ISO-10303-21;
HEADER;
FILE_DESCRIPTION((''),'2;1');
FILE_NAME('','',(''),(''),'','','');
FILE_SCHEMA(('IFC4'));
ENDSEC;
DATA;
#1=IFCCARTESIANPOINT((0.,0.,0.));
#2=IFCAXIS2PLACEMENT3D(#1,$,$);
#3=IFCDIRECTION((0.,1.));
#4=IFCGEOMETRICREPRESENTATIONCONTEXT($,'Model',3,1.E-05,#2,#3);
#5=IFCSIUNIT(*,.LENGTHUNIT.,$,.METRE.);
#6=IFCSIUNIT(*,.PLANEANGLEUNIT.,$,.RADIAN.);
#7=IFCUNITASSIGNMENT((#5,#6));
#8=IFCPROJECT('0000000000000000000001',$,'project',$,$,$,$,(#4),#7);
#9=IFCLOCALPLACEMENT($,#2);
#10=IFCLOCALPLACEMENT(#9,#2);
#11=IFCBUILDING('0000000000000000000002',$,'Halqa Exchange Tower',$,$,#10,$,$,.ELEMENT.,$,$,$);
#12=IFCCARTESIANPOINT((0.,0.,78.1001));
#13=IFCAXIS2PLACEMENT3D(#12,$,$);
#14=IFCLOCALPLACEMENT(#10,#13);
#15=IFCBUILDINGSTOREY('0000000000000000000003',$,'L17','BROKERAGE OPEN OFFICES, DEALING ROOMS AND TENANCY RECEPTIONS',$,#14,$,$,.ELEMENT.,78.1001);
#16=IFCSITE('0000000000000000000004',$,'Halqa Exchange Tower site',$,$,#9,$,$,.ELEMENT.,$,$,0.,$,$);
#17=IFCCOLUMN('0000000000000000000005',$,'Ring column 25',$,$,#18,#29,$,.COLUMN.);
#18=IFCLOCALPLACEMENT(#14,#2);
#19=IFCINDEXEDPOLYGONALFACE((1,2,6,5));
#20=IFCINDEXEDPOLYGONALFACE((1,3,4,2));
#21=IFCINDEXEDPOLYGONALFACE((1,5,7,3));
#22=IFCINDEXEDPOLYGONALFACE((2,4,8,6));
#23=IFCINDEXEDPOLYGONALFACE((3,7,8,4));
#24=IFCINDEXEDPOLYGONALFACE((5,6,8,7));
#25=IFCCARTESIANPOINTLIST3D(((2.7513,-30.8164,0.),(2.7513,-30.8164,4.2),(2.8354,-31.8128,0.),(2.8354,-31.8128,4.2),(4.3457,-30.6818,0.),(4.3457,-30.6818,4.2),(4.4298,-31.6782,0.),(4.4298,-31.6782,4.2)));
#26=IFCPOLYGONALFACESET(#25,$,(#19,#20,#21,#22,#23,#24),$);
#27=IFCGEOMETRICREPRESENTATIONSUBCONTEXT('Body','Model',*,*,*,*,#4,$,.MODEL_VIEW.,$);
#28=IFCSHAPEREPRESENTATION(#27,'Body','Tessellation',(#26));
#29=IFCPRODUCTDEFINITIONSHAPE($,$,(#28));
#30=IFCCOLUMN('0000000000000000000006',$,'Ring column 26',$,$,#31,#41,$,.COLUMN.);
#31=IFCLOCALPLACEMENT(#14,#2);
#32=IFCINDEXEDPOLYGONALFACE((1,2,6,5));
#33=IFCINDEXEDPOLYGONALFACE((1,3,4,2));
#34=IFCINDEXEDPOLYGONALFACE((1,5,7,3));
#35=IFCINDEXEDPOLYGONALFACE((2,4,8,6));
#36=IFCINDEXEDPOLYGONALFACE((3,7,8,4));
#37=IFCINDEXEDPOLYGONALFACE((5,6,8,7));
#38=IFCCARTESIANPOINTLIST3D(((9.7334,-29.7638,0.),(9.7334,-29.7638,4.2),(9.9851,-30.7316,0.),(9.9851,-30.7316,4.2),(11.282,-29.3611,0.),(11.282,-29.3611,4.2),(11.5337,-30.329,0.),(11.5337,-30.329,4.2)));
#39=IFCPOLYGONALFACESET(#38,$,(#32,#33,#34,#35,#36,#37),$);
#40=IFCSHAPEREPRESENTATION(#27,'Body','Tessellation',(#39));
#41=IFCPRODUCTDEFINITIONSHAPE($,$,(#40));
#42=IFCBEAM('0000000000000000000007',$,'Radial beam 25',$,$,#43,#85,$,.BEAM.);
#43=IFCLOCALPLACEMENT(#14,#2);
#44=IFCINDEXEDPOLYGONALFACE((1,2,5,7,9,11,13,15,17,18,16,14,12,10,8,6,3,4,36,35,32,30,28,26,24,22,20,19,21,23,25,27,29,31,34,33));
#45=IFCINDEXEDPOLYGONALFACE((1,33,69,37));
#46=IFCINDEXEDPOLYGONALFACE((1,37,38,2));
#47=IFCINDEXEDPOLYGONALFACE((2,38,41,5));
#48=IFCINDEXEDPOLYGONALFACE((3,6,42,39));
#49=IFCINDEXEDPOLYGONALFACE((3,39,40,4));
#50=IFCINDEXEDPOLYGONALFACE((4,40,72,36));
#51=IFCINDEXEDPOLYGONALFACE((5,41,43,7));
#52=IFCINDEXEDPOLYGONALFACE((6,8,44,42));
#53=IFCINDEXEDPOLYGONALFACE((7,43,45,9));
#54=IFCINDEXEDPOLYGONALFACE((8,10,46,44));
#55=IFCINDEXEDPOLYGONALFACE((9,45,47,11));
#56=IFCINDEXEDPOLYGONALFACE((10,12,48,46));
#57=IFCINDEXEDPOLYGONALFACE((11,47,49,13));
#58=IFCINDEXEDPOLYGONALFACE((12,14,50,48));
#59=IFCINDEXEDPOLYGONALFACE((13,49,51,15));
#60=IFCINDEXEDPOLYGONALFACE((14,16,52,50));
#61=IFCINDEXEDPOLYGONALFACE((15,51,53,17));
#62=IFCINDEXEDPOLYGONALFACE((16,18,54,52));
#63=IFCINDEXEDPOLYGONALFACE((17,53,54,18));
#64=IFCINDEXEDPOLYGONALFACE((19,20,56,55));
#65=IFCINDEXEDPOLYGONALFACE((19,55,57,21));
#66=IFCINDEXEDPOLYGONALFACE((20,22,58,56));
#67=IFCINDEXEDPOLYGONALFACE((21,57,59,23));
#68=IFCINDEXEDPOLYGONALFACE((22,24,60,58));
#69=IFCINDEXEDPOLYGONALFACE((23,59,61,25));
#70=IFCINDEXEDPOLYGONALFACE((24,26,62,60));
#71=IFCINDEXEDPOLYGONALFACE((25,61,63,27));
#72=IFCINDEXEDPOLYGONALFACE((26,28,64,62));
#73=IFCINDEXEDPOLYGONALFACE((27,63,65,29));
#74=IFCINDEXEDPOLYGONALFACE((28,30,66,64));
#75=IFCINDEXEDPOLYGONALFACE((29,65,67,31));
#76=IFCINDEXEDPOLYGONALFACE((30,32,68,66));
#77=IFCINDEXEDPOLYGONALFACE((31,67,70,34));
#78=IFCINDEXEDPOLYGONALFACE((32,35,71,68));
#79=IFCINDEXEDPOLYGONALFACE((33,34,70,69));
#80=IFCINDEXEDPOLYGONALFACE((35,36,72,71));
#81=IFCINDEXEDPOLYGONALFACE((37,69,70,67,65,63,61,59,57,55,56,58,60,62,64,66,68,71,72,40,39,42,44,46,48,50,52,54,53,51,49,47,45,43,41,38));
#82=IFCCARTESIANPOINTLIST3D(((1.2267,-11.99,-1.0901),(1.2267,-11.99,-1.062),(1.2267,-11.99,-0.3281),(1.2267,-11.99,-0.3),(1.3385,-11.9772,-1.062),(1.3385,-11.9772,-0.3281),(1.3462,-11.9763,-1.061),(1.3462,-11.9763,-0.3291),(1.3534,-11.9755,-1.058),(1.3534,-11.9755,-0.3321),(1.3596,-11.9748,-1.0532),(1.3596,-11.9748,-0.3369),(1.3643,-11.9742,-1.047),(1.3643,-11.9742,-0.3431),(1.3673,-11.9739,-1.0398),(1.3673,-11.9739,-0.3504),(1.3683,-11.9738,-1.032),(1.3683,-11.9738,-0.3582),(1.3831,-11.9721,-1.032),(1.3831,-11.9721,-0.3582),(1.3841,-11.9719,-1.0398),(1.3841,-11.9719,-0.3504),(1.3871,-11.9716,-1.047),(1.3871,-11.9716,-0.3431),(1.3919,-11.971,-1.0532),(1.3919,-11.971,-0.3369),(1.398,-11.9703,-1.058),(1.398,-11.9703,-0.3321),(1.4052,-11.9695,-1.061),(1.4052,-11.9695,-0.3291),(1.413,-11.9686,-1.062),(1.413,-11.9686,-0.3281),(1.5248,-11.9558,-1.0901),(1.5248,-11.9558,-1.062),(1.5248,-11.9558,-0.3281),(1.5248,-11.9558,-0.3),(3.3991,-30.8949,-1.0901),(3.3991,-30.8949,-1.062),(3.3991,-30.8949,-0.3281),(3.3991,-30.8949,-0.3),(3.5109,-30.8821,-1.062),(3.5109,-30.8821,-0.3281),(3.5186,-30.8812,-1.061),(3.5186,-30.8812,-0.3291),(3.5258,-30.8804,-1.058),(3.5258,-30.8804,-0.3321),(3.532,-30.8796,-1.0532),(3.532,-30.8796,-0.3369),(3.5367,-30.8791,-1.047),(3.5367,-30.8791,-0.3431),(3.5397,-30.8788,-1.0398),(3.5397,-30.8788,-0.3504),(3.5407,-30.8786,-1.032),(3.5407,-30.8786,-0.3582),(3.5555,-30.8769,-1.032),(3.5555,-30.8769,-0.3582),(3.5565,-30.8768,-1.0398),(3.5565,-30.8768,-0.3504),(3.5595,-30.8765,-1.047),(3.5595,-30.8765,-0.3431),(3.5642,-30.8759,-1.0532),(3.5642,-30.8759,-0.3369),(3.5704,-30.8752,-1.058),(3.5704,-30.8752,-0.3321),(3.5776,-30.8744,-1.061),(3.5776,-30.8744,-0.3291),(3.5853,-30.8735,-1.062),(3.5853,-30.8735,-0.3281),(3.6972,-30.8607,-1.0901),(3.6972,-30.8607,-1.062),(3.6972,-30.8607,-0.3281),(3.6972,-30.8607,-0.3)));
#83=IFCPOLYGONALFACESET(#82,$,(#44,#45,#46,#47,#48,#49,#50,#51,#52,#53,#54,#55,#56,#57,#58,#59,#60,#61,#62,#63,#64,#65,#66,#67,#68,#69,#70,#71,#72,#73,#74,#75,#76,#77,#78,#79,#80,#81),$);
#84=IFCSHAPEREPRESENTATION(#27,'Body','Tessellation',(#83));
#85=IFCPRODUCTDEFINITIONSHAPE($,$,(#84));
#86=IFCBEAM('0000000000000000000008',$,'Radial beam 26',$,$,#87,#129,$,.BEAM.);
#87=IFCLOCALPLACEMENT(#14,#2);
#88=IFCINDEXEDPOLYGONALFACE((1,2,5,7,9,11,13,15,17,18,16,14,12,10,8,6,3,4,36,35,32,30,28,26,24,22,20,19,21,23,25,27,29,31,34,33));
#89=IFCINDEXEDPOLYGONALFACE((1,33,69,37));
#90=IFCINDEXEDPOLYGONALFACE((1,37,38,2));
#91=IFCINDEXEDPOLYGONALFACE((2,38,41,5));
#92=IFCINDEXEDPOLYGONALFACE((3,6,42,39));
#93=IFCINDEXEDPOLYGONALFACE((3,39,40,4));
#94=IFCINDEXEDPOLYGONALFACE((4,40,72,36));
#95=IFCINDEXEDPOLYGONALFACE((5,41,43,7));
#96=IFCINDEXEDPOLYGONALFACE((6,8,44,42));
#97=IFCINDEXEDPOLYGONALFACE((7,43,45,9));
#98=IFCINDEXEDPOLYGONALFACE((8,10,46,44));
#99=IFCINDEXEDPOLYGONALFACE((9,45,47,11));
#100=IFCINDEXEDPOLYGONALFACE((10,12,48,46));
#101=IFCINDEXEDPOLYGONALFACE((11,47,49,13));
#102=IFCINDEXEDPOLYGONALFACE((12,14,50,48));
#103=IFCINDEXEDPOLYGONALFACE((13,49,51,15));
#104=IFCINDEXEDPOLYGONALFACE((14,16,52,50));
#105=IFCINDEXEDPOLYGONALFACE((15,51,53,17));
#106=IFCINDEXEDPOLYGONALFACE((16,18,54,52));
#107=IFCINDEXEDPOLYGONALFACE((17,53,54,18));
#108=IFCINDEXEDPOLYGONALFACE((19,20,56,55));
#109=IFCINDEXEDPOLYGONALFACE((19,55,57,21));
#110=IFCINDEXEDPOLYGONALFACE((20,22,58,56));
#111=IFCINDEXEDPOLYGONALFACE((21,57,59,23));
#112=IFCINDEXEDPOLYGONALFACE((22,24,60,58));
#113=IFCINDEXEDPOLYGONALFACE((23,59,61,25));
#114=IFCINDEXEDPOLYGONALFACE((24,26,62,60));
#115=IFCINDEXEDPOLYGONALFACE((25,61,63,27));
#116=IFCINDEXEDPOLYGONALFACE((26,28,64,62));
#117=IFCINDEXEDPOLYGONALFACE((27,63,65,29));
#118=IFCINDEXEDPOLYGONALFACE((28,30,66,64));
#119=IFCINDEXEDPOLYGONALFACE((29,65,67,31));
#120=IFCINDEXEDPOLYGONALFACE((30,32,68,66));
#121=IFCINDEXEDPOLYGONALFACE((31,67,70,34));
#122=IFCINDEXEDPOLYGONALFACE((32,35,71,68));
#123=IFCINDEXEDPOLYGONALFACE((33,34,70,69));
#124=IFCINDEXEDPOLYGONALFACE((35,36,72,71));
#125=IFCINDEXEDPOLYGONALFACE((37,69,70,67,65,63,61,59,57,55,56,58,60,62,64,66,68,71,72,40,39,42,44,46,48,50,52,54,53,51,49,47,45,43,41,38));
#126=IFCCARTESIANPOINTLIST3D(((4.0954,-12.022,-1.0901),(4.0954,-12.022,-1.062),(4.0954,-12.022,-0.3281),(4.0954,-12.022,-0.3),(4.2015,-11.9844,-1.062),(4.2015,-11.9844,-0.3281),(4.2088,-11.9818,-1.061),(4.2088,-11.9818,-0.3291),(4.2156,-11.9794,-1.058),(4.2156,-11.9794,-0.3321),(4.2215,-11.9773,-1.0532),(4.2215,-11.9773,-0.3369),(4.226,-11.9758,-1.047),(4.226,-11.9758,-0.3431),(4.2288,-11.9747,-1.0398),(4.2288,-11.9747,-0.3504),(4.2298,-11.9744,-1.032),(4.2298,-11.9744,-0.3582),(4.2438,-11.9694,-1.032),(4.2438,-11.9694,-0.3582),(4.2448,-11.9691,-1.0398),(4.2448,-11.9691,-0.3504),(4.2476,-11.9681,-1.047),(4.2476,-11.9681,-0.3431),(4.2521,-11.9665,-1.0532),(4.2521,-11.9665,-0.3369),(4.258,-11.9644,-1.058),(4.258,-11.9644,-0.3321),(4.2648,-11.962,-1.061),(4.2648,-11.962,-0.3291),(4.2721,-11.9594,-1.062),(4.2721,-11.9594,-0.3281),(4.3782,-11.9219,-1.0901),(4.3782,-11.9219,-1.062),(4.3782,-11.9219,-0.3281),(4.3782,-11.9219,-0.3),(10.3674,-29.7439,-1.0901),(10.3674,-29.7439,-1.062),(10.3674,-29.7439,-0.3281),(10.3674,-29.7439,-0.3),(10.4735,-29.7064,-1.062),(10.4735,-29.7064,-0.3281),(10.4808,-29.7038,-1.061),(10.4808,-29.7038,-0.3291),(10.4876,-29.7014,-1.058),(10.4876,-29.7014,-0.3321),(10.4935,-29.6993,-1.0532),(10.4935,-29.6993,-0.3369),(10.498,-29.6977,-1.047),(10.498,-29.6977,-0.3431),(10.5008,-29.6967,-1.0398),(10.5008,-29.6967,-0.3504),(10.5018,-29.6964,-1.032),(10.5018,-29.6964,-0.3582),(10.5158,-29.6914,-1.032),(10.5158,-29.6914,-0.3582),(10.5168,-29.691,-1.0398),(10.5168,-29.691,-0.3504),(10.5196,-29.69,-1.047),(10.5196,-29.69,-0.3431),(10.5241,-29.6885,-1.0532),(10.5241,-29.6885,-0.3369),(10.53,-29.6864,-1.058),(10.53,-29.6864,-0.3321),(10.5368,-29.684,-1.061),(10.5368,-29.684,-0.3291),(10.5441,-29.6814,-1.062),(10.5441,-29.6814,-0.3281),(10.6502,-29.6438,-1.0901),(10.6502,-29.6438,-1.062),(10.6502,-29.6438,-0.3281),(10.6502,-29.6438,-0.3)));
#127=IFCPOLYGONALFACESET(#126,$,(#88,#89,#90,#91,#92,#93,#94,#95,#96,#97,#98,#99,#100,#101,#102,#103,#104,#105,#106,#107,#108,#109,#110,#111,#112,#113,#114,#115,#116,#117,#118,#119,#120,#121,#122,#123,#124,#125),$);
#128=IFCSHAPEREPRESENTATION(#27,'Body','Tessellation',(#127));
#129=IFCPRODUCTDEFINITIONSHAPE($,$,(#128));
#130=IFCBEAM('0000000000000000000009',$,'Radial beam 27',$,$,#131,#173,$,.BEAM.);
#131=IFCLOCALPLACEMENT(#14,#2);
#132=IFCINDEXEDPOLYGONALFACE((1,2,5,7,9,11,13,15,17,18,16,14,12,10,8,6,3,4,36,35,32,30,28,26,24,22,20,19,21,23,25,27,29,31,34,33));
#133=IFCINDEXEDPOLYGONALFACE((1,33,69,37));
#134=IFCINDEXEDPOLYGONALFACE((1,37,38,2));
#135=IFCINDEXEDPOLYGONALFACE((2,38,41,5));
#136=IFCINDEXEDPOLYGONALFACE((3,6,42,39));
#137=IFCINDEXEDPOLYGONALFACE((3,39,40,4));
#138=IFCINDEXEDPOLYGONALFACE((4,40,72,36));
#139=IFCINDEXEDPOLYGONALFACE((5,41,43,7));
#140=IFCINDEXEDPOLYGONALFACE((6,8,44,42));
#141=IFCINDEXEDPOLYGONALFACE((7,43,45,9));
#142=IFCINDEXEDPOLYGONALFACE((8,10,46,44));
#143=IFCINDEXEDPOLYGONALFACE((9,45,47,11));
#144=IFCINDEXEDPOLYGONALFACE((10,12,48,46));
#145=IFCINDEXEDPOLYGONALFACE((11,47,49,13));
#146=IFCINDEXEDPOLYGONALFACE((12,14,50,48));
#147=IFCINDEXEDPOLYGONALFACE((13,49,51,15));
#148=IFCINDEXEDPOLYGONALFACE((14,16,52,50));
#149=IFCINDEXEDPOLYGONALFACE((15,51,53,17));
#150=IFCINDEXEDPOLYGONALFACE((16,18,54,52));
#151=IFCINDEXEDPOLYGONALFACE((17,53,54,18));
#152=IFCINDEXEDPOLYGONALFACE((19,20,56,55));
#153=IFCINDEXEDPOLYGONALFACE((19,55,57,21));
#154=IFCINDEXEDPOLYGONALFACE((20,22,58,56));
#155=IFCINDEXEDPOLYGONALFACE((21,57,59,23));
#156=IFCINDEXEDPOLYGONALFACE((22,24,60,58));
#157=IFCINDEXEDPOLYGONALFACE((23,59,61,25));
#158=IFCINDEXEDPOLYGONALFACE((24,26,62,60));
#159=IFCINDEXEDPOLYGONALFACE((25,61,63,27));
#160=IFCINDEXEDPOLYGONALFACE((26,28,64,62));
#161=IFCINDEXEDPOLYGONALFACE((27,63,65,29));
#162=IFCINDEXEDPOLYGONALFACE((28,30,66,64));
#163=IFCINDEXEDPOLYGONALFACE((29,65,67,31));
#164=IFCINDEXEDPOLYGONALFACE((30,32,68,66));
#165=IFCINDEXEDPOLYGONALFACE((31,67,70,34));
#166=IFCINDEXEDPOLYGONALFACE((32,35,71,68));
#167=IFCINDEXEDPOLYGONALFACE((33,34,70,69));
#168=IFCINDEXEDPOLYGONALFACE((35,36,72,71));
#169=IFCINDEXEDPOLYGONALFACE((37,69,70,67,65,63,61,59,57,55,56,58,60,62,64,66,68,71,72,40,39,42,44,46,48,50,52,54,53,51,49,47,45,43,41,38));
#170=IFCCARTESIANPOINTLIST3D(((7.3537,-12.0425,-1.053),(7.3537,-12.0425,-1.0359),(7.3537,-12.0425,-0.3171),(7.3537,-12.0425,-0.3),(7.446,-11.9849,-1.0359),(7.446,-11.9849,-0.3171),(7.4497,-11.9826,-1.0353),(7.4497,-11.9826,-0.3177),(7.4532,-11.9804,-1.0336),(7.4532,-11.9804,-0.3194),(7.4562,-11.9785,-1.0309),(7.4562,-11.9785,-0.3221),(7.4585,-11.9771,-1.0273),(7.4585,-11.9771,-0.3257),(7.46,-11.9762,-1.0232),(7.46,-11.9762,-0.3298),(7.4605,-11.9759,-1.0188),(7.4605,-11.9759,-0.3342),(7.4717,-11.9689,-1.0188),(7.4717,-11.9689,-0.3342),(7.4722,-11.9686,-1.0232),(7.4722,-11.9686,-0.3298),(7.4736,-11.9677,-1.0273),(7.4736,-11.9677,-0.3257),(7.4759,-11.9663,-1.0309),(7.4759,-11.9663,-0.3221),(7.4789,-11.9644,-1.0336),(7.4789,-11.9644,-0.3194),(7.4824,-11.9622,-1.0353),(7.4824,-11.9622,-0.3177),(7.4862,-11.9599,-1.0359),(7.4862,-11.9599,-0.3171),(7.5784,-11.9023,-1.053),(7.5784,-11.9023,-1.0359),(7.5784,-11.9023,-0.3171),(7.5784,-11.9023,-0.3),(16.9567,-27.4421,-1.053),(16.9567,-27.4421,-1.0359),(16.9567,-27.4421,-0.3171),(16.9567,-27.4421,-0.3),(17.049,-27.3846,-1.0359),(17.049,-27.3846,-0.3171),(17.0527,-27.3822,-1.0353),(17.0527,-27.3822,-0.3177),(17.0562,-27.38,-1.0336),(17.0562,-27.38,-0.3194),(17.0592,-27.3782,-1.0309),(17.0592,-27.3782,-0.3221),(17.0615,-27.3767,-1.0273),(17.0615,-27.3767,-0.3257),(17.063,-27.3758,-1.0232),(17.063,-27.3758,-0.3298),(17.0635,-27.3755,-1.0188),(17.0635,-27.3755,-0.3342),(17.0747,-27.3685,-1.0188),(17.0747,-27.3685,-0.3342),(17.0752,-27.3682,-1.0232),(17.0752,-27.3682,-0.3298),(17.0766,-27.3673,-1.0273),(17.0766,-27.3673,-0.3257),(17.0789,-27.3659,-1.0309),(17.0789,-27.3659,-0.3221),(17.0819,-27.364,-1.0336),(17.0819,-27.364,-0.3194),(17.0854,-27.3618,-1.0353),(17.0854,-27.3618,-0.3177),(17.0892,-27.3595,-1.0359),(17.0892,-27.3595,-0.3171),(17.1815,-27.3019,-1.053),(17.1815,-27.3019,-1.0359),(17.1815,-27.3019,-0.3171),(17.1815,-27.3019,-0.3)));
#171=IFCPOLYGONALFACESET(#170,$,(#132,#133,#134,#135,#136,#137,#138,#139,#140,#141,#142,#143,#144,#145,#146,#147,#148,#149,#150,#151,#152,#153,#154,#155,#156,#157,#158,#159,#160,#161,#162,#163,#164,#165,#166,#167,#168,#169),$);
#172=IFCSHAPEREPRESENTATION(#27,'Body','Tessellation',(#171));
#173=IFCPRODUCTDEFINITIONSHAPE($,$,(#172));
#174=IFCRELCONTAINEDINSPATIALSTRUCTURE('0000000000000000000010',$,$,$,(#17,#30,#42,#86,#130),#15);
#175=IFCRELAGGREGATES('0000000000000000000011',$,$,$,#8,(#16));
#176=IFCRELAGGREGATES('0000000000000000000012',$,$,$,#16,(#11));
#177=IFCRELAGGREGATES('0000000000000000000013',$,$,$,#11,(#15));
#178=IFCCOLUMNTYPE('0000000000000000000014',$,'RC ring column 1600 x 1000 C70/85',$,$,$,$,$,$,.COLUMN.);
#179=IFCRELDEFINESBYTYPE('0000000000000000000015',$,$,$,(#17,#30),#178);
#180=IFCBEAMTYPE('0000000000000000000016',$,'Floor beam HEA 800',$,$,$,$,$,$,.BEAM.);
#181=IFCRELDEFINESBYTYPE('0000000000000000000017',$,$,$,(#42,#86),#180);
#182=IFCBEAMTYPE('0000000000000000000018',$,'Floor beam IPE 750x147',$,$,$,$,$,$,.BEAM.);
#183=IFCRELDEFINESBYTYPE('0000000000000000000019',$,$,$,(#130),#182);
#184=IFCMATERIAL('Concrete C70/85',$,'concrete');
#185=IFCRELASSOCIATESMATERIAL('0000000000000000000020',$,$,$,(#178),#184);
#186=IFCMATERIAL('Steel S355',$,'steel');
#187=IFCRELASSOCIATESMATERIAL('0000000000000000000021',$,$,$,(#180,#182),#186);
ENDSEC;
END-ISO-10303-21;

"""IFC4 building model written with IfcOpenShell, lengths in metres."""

from ifc_helpers import new_model, si_unit, direction, frame, origin, origin_2d, place, context, subcontext, project, spatial, rectangle, i_section, extrude, material, material_profile, profile_set, type_object, element, save


model = new_model("IFC4")

# Units and contexts
model_context = context("Model", 3, precision=1e-05, world=origin(), true_north=direction((0.0, 1.0)))
body_context = subcontext(model_context, "Body", "Model", "MODEL_VIEW")
ifc_project = project(units=[si_unit("LENGTHUNIT", "METRE"), si_unit("PLANEANGLEUNIT", "RADIAN")], contexts=[model_context])

# Site, building, storey
site_placement = place(None, origin())
site = spatial("IfcSite", under=ifc_project, at=site_placement, Name="Halqa Exchange Tower site", CompositionType="ELEMENT", RefElevation=0.0)
building_placement = place(site_placement, origin())
building = spatial("IfcBuilding", under=site, at=building_placement, Name="Halqa Exchange Tower", CompositionType="ELEMENT")
storey_placement = place(building_placement, frame((0.0, 0.0, 78.1001)))
storey = spatial("IfcBuildingStorey", under=building, at=storey_placement, Name="L17", Description="BROKERAGE OPEN OFFICES, DEALING ROOMS AND TENANCY RECEPTIONS", CompositionType="ELEMENT", Elevation=78.1001)

# Columns
ifc_material_1 = material(Name="Concrete C70/85", Category="concrete")
ifc_material_profile_1 = material_profile(ifc_material_1, rectangle(XDim=1.6001, YDim=1.0, at=origin_2d()), Name="1600 x 1000")
ifc_profile_set_1 = profile_set([ifc_material_profile_1], Name="Concrete C70/85")
column_type = type_object("IfcColumnType", Name="RC ring column 1600 x 1000 C70/85", PredefinedType="COLUMN", material=ifc_profile_set_1)
for number, where, z_axis, x_axis, name in (
    (1, (3.5906, -31.2473, 0.0), (0.0, 0.0, 1.0), (0.996456, 0.084121, 0.0), "Ring column 25"),
    (2, (10.6335, -30.0464, 0.0), (0.0, 0.0, 1.0), (0.96782, 0.251644, 0.0), "Ring column 26"),
):
    element("IfcColumn", number, at=place(storey_placement, frame(where, z_axis=z_axis, x_axis=x_axis)), inside=storey, type_object=column_type, Name=name, PredefinedType="COLUMN", context=body_context, shape_type="SweptSolid", body=[
        extrude(rectangle(XDim=1.6001, YDim=1.0, at=origin_2d()), origin(), (0.0, 0.0, 1.0), 4.2),
    ])

# Beams
ifc_material_2 = material(Name="Steel S355", Category="steel")
ifc_material_profile_2 = material_profile(ifc_material_2, i_section(OverallWidth=0.3, OverallDepth=0.79, WebThickness=0.0149, FlangeThickness=0.0281, FilletRadius=0.03, at=origin_2d()), Name="HEA 800")
ifc_profile_set_2 = profile_set([ifc_material_profile_2], Name="Steel S355")
beam_type_1 = type_object("IfcBeamType", Name="Floor beam HEA 800", PredefinedType="BEAM", material=ifc_profile_set_2)
beam_1_placement = place(storey_placement, frame((1.3757, -11.9729, -0.6951), z_axis=(0.11416, -0.993462, 0.0), x_axis=(0.993462, 0.11416, 0.0)))
element("IfcBeam", 3, at=beam_1_placement, inside=storey, type_object=beam_type_1, Name="Radial beam 25", PredefinedType="BEAM", context=body_context, shape_type="SweptSolid", body=[
    extrude(i_section(OverallWidth=0.3, OverallDepth=0.79, WebThickness=0.0149, FlangeThickness=0.0281, FilletRadius=0.03, at=origin_2d()), origin(), (0.0, 0.0, 1.0), 19.0293),
])
beam_2_placement = place(storey_placement, frame((4.2368, -11.9719, -0.6951), z_axis=(0.333632, -0.942703, 0.0), x_axis=(0.942703, 0.333632, 0.0)))
element("IfcBeam", 4, at=beam_2_placement, inside=storey, type_object=beam_type_1, Name="Radial beam 26", PredefinedType="BEAM", context=body_context, shape_type="SweptSolid", body=[
    extrude(i_section(OverallWidth=0.3, OverallDepth=0.79, WebThickness=0.0149, FlangeThickness=0.0281, FilletRadius=0.03, at=origin_2d()), origin(), (0.0, 0.0, 1.0), 18.7991),
])
ifc_material_profile_3 = material_profile(ifc_material_2, i_section(OverallWidth=0.2649, OverallDepth=0.7529, WebThickness=0.0132, FlangeThickness=0.0171, FilletRadius=0.0171, at=origin_2d()), Name="IPE 750x147")
ifc_profile_set_3 = profile_set([ifc_material_profile_3], Name="Steel S355")
beam_type_2 = type_object("IfcBeamType", Name="Floor beam IPE 750x147", PredefinedType="BEAM", material=ifc_profile_set_3)
beam_3_placement = place(storey_placement, frame((7.4661, -11.9724, -0.6765), z_axis=(0.529137, -0.848537, 0.0), x_axis=(0.848537, 0.529137, 0.0)))
element("IfcBeam", 5, at=beam_3_placement, inside=storey, type_object=beam_type_2, Name="Radial beam 27", PredefinedType="BEAM", context=body_context, shape_type="SweptSolid", body=[
    extrude(i_section(OverallWidth=0.2649, OverallDepth=0.7529, WebThickness=0.0132, FlangeThickness=0.0171, FilletRadius=0.0171, at=origin_2d()), origin(), (0.0, 0.0, 1.0), 18.1484),
])

save(model, "model.ifc")
